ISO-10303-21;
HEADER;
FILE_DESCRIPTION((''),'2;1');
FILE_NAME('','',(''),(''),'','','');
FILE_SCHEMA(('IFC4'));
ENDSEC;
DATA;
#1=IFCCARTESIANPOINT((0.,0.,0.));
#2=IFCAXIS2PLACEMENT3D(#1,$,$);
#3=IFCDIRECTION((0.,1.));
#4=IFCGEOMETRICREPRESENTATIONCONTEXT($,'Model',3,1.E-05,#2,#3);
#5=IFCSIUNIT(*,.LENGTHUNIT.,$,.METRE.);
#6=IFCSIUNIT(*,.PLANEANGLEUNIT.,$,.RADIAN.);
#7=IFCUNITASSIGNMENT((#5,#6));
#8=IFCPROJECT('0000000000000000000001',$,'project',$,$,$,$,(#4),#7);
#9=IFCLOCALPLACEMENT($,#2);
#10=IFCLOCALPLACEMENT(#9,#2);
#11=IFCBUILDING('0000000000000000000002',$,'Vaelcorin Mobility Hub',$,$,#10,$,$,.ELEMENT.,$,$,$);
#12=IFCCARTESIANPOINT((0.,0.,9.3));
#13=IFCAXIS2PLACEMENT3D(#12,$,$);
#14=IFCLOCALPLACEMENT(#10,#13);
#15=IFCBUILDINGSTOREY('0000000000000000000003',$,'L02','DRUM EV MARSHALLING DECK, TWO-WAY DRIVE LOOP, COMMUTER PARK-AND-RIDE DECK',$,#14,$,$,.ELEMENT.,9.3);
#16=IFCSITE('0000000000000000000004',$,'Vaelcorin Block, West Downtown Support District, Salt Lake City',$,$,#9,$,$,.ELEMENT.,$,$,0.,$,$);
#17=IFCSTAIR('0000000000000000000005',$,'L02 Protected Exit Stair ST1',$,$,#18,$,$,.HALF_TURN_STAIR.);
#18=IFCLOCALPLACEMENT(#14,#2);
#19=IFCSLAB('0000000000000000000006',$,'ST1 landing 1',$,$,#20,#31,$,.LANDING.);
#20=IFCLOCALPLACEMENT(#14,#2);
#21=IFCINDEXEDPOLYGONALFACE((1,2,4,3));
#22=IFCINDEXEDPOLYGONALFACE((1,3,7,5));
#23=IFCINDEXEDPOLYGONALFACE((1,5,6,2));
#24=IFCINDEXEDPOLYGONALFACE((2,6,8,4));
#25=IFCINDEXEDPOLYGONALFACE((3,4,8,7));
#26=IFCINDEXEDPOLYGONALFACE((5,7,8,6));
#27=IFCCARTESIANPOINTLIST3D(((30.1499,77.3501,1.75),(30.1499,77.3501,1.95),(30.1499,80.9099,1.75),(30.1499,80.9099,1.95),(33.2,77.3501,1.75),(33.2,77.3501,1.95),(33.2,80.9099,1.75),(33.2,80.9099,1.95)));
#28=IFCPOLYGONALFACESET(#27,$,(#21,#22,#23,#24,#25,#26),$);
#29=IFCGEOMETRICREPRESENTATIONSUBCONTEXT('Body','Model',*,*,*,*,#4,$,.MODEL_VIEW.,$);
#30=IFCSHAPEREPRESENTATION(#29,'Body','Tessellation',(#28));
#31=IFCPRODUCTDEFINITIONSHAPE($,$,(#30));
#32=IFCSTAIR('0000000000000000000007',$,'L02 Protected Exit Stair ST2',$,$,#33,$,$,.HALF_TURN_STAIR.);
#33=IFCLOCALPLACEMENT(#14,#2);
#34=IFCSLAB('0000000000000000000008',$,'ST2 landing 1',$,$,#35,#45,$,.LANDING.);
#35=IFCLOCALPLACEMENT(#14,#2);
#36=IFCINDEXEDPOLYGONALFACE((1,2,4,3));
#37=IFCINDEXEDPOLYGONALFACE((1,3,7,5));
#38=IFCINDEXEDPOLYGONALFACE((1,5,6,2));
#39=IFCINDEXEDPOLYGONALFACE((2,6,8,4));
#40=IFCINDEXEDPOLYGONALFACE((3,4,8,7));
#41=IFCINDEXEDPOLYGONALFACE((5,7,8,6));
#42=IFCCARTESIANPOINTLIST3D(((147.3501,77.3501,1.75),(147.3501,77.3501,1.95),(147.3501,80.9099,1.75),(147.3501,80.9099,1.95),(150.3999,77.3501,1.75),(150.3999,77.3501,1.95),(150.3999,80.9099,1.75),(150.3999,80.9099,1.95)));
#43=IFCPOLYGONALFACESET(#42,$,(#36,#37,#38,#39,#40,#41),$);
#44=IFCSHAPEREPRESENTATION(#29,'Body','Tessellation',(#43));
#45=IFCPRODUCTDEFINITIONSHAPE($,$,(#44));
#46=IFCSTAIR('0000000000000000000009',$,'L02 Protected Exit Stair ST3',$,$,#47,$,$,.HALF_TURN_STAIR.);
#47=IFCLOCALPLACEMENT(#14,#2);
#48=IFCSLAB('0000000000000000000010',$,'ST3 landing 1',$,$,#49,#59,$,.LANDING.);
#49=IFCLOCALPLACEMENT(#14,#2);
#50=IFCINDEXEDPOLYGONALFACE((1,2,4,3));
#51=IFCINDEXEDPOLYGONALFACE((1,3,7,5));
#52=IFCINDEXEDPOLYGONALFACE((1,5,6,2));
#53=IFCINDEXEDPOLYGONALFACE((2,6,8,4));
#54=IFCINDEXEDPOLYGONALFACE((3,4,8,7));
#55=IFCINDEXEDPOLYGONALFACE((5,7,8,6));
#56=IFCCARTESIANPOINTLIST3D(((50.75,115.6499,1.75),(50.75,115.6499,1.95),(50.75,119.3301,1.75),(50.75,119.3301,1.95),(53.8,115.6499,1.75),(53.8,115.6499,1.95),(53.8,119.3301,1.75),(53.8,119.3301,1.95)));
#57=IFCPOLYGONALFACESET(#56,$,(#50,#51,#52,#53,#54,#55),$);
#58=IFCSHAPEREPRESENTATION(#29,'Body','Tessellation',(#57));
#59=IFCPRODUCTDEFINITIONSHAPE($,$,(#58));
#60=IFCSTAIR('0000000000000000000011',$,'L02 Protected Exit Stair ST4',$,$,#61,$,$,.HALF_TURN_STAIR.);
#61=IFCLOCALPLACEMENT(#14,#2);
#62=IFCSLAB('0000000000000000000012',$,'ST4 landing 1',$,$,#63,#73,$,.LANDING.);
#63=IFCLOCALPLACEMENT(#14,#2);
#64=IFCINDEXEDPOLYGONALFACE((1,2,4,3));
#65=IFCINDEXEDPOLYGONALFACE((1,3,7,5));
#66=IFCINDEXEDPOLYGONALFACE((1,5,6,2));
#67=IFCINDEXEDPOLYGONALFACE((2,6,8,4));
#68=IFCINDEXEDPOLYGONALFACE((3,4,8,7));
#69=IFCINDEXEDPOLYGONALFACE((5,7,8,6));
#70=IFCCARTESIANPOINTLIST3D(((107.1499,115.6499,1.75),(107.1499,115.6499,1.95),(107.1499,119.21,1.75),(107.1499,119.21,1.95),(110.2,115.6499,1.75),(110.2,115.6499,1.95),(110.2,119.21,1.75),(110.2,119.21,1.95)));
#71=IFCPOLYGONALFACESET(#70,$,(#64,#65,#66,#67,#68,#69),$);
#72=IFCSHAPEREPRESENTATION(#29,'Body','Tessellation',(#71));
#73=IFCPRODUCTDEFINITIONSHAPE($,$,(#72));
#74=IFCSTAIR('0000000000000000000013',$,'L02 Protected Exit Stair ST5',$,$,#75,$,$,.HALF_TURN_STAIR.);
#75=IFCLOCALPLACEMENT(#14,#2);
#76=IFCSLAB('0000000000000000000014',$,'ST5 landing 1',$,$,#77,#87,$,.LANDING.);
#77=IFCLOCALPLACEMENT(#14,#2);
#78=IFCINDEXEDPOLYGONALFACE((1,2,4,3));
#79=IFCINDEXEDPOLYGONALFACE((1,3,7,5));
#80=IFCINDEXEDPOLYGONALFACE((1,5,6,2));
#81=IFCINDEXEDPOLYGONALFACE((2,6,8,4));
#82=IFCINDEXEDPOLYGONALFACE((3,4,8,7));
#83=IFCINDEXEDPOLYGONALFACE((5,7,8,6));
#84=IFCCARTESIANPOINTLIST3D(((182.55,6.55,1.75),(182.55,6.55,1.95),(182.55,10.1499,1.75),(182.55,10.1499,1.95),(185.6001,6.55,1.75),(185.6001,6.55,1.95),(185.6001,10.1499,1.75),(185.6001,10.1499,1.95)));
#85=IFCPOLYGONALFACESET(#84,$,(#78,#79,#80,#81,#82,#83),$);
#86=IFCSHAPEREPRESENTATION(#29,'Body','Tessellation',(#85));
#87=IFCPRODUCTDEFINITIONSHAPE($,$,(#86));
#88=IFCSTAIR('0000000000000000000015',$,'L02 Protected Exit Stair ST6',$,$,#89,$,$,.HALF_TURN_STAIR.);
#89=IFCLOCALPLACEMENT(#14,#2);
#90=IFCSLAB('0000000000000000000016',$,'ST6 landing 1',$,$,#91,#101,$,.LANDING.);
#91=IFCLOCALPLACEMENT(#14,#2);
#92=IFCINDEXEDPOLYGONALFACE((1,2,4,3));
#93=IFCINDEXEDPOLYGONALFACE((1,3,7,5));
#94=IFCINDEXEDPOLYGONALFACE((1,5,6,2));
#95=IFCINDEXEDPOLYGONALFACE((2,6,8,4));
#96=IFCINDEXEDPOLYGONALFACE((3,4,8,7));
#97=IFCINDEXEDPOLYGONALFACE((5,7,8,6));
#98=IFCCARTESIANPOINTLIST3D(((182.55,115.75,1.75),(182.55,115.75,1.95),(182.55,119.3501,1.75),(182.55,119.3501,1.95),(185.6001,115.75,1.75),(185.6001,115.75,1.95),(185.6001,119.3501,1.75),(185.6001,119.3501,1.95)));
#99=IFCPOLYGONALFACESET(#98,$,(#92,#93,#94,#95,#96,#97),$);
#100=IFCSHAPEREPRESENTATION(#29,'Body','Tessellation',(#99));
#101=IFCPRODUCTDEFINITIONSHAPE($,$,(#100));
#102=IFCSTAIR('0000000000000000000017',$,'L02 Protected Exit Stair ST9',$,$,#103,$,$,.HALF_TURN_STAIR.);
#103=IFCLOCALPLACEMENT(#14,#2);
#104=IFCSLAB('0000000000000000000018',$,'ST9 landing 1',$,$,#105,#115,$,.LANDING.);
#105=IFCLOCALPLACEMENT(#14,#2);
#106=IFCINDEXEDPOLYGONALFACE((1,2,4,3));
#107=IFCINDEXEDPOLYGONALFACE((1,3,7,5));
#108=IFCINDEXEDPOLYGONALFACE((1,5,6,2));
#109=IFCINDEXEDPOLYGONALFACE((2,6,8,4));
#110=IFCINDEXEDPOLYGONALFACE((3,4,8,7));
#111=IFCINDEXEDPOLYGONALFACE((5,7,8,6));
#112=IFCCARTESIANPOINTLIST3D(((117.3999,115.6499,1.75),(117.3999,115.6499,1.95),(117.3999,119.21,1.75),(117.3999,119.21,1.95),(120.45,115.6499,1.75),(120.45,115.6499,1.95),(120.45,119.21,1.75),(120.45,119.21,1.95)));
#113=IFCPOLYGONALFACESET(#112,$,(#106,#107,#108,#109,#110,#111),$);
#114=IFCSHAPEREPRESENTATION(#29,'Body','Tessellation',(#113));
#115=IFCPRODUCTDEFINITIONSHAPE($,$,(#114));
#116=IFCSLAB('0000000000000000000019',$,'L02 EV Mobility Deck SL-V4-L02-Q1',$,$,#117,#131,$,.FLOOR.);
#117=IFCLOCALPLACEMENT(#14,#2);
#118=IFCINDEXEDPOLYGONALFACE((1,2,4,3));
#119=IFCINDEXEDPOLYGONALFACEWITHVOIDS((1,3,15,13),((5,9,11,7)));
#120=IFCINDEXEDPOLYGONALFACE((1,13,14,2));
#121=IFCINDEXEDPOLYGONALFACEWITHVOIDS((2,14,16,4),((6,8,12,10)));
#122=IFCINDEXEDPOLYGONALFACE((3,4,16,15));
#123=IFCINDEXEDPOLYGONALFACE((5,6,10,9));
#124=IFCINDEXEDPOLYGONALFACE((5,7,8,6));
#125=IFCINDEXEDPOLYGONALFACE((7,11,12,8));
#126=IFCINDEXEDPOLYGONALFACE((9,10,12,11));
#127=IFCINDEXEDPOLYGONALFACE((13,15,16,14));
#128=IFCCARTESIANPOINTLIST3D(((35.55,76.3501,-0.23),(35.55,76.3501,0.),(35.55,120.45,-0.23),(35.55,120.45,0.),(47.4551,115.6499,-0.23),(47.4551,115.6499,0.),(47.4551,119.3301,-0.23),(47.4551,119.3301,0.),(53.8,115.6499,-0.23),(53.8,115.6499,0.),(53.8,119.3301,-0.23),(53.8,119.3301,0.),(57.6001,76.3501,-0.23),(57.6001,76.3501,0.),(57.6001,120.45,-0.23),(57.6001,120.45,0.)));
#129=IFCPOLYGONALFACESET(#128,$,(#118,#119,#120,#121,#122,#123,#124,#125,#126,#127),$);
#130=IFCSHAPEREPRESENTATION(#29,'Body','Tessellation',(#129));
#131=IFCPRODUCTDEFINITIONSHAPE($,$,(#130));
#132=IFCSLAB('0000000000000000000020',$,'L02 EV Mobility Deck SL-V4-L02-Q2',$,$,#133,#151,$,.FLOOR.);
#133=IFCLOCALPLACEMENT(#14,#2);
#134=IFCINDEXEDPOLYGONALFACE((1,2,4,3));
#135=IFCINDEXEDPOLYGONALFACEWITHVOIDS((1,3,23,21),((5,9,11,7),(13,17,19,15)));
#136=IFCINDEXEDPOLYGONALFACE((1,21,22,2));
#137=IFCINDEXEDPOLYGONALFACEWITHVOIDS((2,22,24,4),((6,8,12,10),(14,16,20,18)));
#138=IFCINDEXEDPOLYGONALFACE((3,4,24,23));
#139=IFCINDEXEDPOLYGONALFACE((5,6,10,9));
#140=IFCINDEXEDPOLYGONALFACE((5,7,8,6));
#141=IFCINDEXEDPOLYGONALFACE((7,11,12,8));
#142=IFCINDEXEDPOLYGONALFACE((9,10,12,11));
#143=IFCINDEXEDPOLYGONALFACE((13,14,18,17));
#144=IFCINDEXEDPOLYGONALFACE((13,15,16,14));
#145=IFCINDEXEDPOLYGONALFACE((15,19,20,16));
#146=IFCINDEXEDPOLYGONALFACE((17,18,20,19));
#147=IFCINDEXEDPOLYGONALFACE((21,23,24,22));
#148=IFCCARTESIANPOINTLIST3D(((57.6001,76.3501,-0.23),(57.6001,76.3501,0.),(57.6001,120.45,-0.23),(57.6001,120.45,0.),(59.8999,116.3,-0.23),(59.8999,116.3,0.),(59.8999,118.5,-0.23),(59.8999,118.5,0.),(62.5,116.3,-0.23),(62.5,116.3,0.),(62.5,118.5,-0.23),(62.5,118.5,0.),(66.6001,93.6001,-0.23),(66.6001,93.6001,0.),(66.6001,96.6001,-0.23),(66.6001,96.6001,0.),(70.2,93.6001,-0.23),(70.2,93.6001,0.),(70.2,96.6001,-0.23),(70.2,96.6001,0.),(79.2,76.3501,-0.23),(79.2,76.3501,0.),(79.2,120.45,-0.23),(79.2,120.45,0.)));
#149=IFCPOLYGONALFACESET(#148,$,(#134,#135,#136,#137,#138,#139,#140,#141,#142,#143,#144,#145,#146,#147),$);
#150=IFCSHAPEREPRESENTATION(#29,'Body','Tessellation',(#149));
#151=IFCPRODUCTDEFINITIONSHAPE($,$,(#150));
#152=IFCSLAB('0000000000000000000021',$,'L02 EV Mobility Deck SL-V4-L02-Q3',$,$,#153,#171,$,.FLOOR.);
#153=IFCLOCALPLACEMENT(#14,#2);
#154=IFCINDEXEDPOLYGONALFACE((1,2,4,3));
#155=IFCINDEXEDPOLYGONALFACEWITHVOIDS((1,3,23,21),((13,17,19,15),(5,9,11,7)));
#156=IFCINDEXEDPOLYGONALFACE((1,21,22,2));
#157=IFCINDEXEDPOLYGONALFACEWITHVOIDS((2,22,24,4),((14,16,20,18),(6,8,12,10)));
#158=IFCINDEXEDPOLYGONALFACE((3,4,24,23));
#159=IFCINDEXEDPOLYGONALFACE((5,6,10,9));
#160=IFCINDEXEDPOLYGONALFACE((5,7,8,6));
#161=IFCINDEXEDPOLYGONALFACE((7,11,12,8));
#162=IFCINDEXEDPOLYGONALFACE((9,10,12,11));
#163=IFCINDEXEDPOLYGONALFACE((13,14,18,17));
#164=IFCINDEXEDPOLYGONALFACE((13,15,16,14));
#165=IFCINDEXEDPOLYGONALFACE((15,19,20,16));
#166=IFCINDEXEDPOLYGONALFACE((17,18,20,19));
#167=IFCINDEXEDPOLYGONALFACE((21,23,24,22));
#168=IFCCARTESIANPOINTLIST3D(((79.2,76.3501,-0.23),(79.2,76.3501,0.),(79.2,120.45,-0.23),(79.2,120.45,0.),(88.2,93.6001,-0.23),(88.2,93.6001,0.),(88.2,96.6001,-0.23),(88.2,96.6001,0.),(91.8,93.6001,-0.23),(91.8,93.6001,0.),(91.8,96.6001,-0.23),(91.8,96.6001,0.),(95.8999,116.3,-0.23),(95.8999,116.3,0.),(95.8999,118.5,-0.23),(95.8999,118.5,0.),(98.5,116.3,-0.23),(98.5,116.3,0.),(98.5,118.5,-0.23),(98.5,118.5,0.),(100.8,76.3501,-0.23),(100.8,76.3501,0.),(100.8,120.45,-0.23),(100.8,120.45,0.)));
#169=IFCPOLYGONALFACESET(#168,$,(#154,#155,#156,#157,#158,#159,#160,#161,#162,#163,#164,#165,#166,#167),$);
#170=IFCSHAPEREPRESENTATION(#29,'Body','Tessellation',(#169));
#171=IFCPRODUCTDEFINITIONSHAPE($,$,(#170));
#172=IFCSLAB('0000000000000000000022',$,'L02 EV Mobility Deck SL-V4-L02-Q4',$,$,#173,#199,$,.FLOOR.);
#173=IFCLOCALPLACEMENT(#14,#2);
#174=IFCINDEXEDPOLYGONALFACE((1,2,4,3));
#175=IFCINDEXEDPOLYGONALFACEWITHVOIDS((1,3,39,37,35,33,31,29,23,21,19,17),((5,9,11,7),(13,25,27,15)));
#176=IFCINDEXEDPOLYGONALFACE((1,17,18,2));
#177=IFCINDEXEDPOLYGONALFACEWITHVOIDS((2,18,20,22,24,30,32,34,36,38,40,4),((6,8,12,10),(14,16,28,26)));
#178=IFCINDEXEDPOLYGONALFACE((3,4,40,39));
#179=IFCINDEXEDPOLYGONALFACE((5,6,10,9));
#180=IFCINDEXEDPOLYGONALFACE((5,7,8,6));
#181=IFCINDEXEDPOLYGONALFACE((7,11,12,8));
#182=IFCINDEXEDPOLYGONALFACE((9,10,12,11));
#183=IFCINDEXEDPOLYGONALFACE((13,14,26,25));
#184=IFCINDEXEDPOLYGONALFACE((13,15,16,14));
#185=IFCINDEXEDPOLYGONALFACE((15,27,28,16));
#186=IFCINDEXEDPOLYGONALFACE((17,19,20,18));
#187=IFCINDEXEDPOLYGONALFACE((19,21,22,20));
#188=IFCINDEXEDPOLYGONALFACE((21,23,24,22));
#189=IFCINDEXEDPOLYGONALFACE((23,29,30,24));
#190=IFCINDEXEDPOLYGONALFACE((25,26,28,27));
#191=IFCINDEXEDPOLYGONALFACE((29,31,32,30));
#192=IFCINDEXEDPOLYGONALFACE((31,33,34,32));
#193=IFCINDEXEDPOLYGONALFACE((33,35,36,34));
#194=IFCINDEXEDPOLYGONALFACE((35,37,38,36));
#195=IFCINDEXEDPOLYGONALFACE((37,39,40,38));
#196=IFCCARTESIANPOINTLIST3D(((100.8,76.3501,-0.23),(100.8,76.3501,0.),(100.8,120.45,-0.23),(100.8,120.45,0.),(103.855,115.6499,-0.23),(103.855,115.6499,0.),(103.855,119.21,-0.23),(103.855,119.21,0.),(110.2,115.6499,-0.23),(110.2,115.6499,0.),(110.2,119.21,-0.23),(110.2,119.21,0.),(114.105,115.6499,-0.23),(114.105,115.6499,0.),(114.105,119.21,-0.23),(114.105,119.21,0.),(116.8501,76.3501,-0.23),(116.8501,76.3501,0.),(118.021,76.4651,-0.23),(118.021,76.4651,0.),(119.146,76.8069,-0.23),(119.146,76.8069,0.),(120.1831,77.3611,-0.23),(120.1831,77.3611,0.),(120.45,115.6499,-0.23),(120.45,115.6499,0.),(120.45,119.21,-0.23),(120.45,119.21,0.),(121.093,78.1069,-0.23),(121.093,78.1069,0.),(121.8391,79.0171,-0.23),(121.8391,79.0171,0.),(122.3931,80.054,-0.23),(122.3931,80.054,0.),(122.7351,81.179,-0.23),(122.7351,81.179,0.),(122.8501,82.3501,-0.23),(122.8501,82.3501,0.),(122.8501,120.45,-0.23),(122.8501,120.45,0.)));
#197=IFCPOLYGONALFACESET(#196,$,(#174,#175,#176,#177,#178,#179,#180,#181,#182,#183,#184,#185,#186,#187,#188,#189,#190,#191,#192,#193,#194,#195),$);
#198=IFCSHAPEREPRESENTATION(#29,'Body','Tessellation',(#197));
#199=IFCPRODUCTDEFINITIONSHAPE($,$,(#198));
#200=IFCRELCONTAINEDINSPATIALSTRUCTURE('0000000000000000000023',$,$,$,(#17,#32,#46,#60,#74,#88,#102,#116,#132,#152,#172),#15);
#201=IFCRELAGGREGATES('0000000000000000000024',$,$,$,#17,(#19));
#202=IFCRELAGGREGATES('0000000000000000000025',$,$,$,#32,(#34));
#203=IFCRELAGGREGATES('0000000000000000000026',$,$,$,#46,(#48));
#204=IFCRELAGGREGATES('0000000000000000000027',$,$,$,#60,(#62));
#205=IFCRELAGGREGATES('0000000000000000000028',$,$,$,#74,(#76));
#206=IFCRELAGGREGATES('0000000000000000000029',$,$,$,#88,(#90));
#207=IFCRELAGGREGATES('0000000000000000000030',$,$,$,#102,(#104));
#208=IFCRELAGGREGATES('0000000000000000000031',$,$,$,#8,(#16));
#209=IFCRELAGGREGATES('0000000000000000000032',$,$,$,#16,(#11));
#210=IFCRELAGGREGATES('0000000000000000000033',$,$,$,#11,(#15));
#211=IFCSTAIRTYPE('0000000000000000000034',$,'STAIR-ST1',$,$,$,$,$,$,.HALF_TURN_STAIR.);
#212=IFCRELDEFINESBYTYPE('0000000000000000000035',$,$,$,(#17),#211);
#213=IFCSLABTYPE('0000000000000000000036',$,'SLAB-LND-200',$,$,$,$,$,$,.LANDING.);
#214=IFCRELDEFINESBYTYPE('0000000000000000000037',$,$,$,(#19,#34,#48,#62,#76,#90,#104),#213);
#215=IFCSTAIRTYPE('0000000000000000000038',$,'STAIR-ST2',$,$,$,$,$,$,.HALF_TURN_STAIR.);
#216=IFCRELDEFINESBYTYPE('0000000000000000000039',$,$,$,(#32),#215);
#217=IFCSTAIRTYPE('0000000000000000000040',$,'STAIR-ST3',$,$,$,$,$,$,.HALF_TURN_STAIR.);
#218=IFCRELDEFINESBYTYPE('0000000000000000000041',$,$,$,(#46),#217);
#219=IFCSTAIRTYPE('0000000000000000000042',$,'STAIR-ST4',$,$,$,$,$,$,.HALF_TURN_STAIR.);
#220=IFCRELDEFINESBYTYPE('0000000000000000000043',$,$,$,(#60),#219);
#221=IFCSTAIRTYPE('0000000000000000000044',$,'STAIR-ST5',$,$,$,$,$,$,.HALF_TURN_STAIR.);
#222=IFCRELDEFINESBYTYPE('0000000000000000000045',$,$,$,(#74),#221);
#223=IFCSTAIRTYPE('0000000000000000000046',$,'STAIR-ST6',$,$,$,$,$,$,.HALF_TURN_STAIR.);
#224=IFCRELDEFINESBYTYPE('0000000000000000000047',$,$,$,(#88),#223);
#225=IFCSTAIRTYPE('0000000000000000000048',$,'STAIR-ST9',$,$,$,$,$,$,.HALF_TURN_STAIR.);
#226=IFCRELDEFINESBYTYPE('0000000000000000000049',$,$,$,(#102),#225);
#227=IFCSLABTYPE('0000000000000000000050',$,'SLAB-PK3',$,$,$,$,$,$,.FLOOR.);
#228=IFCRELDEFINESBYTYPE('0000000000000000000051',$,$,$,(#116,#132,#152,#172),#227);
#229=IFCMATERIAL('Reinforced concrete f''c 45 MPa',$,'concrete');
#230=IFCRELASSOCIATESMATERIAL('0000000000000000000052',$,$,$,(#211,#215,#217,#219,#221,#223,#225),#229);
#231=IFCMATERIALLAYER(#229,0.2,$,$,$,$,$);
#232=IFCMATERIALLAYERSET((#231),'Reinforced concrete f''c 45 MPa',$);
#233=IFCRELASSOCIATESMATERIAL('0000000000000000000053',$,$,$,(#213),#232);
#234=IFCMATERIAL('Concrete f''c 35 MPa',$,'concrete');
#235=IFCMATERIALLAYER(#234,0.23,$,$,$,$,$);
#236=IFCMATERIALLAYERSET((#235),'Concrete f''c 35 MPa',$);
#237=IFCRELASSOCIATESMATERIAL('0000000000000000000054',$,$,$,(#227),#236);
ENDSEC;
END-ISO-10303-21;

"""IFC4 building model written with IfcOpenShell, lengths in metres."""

from ifc_helpers import new_model, si_unit, direction, frame, origin, place, context, subcontext, project, spatial, polyline, outline, extrude, material, layer, layer_set, type_object, element, aggregate, save


model = new_model("IFC4")

# Units and contexts
model_context = context("Model", 3, precision=1e-05, world=origin(), true_north=direction((0.0, 1.0)))
body_context = subcontext(model_context, "Body", "Model", "MODEL_VIEW")
ifc_project = project(units=[si_unit("LENGTHUNIT", "METRE"), si_unit("PLANEANGLEUNIT", "RADIAN")], contexts=[model_context])

# Site, building, storey
site_placement = place(None, origin())
site = spatial("IfcSite", under=ifc_project, at=site_placement, Name="Vaelcorin Block, West Downtown Support District, Salt Lake City", CompositionType="ELEMENT", RefElevation=0.0)
building_placement = place(site_placement, origin())
building = spatial("IfcBuilding", under=site, at=building_placement, Name="Vaelcorin Mobility Hub", CompositionType="ELEMENT")
storey_placement = place(building_placement, frame((0.0, 0.0, 9.3)))
storey = spatial("IfcBuildingStorey", under=building, at=storey_placement, Name="L02", Description="DRUM EV MARSHALLING DECK, TWO-WAY DRIVE LOOP, COMMUTER PARK-AND-RIDE DECK", CompositionType="ELEMENT", Elevation=9.3)

# Stairs, slabs
ifc_material_1 = material(Name="Reinforced concrete f'c 45 MPa", Category="concrete")
stair_type_1 = type_object("IfcStairType", Name="STAIR-ST1", PredefinedType="HALF_TURN_STAIR", material=ifc_material_1)
stair_1_placement = place(storey_placement, origin())
stair_1 = element("IfcStair", 1, at=stair_1_placement, inside=storey, type_object=stair_type_1, Name="L02 Protected Exit Stair ST1", PredefinedType="HALF_TURN_STAIR")
ifc_layer_1 = layer(ifc_material_1, 0.2)
ifc_layer_set_1 = layer_set([ifc_layer_1], Name="Reinforced concrete f'c 45 MPa")
slab_type_1 = type_object("IfcSlabType", Name="SLAB-LND-200", PredefinedType="LANDING", material=ifc_layer_set_1)
slab_1_placement = place(storey_placement, frame((0.0, 0.0, 1.75)))
slab_1 = element("IfcSlab", 2, at=slab_1_placement, type_object=slab_type_1, Name="ST1 landing 1", PredefinedType="LANDING", context=body_context, shape_type="SweptSolid", body=[
    extrude(outline(polyline([(30.1499, 77.3501), (33.2, 77.3501), (33.2, 80.9099), (30.1499, 80.9099), (30.1499, 77.3501)])), origin(), (0.0, 0.0, 1.0), 0.2),
])
aggregate(stair_1, [slab_1])
stair_type_2 = type_object("IfcStairType", Name="STAIR-ST2", PredefinedType="HALF_TURN_STAIR", material=ifc_material_1)
stair_2_placement = place(storey_placement, origin())
stair_2 = element("IfcStair", 3, at=stair_2_placement, inside=storey, type_object=stair_type_2, Name="L02 Protected Exit Stair ST2", PredefinedType="HALF_TURN_STAIR")
slab_2_placement = place(storey_placement, frame((0.0, 0.0, 1.75)))
slab_2 = element("IfcSlab", 4, at=slab_2_placement, type_object=slab_type_1, Name="ST2 landing 1", PredefinedType="LANDING", context=body_context, shape_type="SweptSolid", body=[
    extrude(outline(polyline([(147.3501, 77.3501), (150.3999, 77.3501), (150.3999, 80.9099), (147.3501, 80.9099), (147.3501, 77.3501)])), origin(), (0.0, 0.0, 1.0), 0.2),
])
aggregate(stair_2, [slab_2])
stair_type_3 = type_object("IfcStairType", Name="STAIR-ST3", PredefinedType="HALF_TURN_STAIR", material=ifc_material_1)
stair_3_placement = place(storey_placement, origin())
stair_3 = element("IfcStair", 5, at=stair_3_placement, inside=storey, type_object=stair_type_3, Name="L02 Protected Exit Stair ST3", PredefinedType="HALF_TURN_STAIR")
slab_3_placement = place(storey_placement, frame((0.0, 0.0, 1.75)))
slab_3 = element("IfcSlab", 6, at=slab_3_placement, type_object=slab_type_1, Name="ST3 landing 1", PredefinedType="LANDING", context=body_context, shape_type="SweptSolid", body=[
    extrude(outline(polyline([(50.75, 115.6499), (53.8, 115.6499), (53.8, 119.3301), (50.75, 119.3301), (50.75, 115.6499)])), origin(), (0.0, 0.0, 1.0), 0.2),
])
aggregate(stair_3, [slab_3])
stair_type_4 = type_object("IfcStairType", Name="STAIR-ST4", PredefinedType="HALF_TURN_STAIR", material=ifc_material_1)
stair_4_placement = place(storey_placement, origin())
stair_4 = element("IfcStair", 7, at=stair_4_placement, inside=storey, type_object=stair_type_4, Name="L02 Protected Exit Stair ST4", PredefinedType="HALF_TURN_STAIR")
slab_4_placement = place(storey_placement, frame((0.0, 0.0, 1.75)))
slab_4 = element("IfcSlab", 8, at=slab_4_placement, type_object=slab_type_1, Name="ST4 landing 1", PredefinedType="LANDING", context=body_context, shape_type="SweptSolid", body=[
    extrude(outline(polyline([(107.1499, 115.6499), (110.2, 115.6499), (110.2, 119.21), (107.1499, 119.21), (107.1499, 115.6499)])), origin(), (0.0, 0.0, 1.0), 0.2),
])
aggregate(stair_4, [slab_4])
stair_type_5 = type_object("IfcStairType", Name="STAIR-ST5", PredefinedType="HALF_TURN_STAIR", material=ifc_material_1)
stair_5_placement = place(storey_placement, origin())
stair_5 = element("IfcStair", 9, at=stair_5_placement, inside=storey, type_object=stair_type_5, Name="L02 Protected Exit Stair ST5", PredefinedType="HALF_TURN_STAIR")
slab_5_placement = place(storey_placement, frame((0.0, 0.0, 1.75)))
slab_5 = element("IfcSlab", 10, at=slab_5_placement, type_object=slab_type_1, Name="ST5 landing 1", PredefinedType="LANDING", context=body_context, shape_type="SweptSolid", body=[
    extrude(outline(polyline([(182.55, 6.55), (185.6001, 6.55), (185.6001, 10.1499), (182.55, 10.1499), (182.55, 6.55)])), origin(), (0.0, 0.0, 1.0), 0.2),
])
aggregate(stair_5, [slab_5])
stair_type_6 = type_object("IfcStairType", Name="STAIR-ST6", PredefinedType="HALF_TURN_STAIR", material=ifc_material_1)
stair_6_placement = place(storey_placement, origin())
stair_6 = element("IfcStair", 11, at=stair_6_placement, inside=storey, type_object=stair_type_6, Name="L02 Protected Exit Stair ST6", PredefinedType="HALF_TURN_STAIR")
slab_6_placement = place(storey_placement, frame((0.0, 0.0, 1.75)))
slab_6 = element("IfcSlab", 12, at=slab_6_placement, type_object=slab_type_1, Name="ST6 landing 1", PredefinedType="LANDING", context=body_context, shape_type="SweptSolid", body=[
    extrude(outline(polyline([(182.55, 115.75), (185.6001, 115.75), (185.6001, 119.3501), (182.55, 119.3501), (182.55, 115.75)])), origin(), (0.0, 0.0, 1.0), 0.2),
])
aggregate(stair_6, [slab_6])
stair_type_7 = type_object("IfcStairType", Name="STAIR-ST9", PredefinedType="HALF_TURN_STAIR", material=ifc_material_1)
stair_7_placement = place(storey_placement, origin())
stair_7 = element("IfcStair", 13, at=stair_7_placement, inside=storey, type_object=stair_type_7, Name="L02 Protected Exit Stair ST9", PredefinedType="HALF_TURN_STAIR")
slab_7_placement = place(storey_placement, frame((0.0, 0.0, 1.75)))
slab_7 = element("IfcSlab", 14, at=slab_7_placement, type_object=slab_type_1, Name="ST9 landing 1", PredefinedType="LANDING", context=body_context, shape_type="SweptSolid", body=[
    extrude(outline(polyline([(117.3999, 115.6499), (120.45, 115.6499), (120.45, 119.21), (117.3999, 119.21), (117.3999, 115.6499)])), origin(), (0.0, 0.0, 1.0), 0.2),
])
aggregate(stair_7, [slab_7])

# Slabs
ifc_material_2 = material(Name="Concrete f'c 35 MPa", Category="concrete")
ifc_layer_2 = layer(ifc_material_2, 0.23)
ifc_layer_set_2 = layer_set([ifc_layer_2], Name="Concrete f'c 35 MPa")
slab_type_2 = type_object("IfcSlabType", Name="SLAB-PK3", PredefinedType="FLOOR", material=ifc_layer_set_2)
slab_8_placement = place(storey_placement, frame((0.0, 0.0, -0.23)))
element("IfcSlab", 15, at=slab_8_placement, inside=storey, type_object=slab_type_2, Name="L02 EV Mobility Deck SL-V4-L02-Q1", PredefinedType="FLOOR", context=body_context, shape_type="SweptSolid", body=[
    extrude(outline(polyline([(35.55, 120.45), (57.6001, 120.45), (57.6001, 76.3501), (35.55, 76.3501), (35.55, 120.45)]), holes=[polyline([(53.8, 119.3301), (47.4551, 119.3301), (47.4551, 115.6499), (53.8, 115.6499), (53.8, 119.3301)])]), origin(), (0.0, 0.0, 1.0), 0.23),
])
slab_9_placement = place(storey_placement, frame((0.0, 0.0, -0.23)))
element("IfcSlab", 16, at=slab_9_placement, inside=storey, type_object=slab_type_2, Name="L02 EV Mobility Deck SL-V4-L02-Q2", PredefinedType="FLOOR", context=body_context, shape_type="SweptSolid", body=[
    extrude(outline(polyline([(57.6001, 120.45), (79.2, 120.45), (79.2, 76.3501), (57.6001, 76.3501), (57.6001, 120.45)]), holes=[polyline([(70.2, 96.6001), (66.6001, 96.6001), (66.6001, 93.6001), (70.2, 93.6001), (70.2, 96.6001)]), polyline([(62.5, 118.5), (59.8999, 118.5), (59.8999, 116.3), (62.5, 116.3), (62.5, 118.5)])]), origin(), (0.0, 0.0, 1.0), 0.23),
])
slab_10_placement = place(storey_placement, frame((0.0, 0.0, -0.23)))
element("IfcSlab", 17, at=slab_10_placement, inside=storey, type_object=slab_type_2, Name="L02 EV Mobility Deck SL-V4-L02-Q3", PredefinedType="FLOOR", context=body_context, shape_type="SweptSolid", body=[
    extrude(outline(polyline([(79.2, 120.45), (100.8, 120.45), (100.8, 76.3501), (79.2, 76.3501), (79.2, 120.45)]), holes=[polyline([(91.8, 96.6001), (88.2, 96.6001), (88.2, 93.6001), (91.8, 93.6001), (91.8, 96.6001)]), polyline([(98.5, 118.5), (95.8999, 118.5), (95.8999, 116.3), (98.5, 116.3), (98.5, 118.5)])]), origin(), (0.0, 0.0, 1.0), 0.23),
])
slab_11_placement = place(storey_placement, frame((0.0, 0.0, -0.23)))
element("IfcSlab", 18, at=slab_11_placement, inside=storey, type_object=slab_type_2, Name="L02 EV Mobility Deck SL-V4-L02-Q4", PredefinedType="FLOOR", context=body_context, shape_type="SweptSolid", body=[
    extrude(outline(polyline([(122.3931, 80.054), (121.8391, 79.0171), (121.093, 78.1069), (120.1831, 77.3611), (119.146, 76.8069), (118.021, 76.4651), (116.8501, 76.3501), (100.8, 76.3501), (100.8, 120.45), (122.8501, 120.45), (122.8501, 82.3501), (122.7351, 81.179), (122.3931, 80.054)]), holes=[polyline([(110.2, 119.21), (103.855, 119.21), (103.855, 115.6499), (110.2, 115.6499), (110.2, 119.21)]), polyline([(120.45, 119.21), (114.105, 119.21), (114.105, 115.6499), (120.45, 115.6499), (120.45, 119.21)])]), origin(), (0.0, 0.0, 1.0), 0.23),
])

save(model, "model.ifc")
